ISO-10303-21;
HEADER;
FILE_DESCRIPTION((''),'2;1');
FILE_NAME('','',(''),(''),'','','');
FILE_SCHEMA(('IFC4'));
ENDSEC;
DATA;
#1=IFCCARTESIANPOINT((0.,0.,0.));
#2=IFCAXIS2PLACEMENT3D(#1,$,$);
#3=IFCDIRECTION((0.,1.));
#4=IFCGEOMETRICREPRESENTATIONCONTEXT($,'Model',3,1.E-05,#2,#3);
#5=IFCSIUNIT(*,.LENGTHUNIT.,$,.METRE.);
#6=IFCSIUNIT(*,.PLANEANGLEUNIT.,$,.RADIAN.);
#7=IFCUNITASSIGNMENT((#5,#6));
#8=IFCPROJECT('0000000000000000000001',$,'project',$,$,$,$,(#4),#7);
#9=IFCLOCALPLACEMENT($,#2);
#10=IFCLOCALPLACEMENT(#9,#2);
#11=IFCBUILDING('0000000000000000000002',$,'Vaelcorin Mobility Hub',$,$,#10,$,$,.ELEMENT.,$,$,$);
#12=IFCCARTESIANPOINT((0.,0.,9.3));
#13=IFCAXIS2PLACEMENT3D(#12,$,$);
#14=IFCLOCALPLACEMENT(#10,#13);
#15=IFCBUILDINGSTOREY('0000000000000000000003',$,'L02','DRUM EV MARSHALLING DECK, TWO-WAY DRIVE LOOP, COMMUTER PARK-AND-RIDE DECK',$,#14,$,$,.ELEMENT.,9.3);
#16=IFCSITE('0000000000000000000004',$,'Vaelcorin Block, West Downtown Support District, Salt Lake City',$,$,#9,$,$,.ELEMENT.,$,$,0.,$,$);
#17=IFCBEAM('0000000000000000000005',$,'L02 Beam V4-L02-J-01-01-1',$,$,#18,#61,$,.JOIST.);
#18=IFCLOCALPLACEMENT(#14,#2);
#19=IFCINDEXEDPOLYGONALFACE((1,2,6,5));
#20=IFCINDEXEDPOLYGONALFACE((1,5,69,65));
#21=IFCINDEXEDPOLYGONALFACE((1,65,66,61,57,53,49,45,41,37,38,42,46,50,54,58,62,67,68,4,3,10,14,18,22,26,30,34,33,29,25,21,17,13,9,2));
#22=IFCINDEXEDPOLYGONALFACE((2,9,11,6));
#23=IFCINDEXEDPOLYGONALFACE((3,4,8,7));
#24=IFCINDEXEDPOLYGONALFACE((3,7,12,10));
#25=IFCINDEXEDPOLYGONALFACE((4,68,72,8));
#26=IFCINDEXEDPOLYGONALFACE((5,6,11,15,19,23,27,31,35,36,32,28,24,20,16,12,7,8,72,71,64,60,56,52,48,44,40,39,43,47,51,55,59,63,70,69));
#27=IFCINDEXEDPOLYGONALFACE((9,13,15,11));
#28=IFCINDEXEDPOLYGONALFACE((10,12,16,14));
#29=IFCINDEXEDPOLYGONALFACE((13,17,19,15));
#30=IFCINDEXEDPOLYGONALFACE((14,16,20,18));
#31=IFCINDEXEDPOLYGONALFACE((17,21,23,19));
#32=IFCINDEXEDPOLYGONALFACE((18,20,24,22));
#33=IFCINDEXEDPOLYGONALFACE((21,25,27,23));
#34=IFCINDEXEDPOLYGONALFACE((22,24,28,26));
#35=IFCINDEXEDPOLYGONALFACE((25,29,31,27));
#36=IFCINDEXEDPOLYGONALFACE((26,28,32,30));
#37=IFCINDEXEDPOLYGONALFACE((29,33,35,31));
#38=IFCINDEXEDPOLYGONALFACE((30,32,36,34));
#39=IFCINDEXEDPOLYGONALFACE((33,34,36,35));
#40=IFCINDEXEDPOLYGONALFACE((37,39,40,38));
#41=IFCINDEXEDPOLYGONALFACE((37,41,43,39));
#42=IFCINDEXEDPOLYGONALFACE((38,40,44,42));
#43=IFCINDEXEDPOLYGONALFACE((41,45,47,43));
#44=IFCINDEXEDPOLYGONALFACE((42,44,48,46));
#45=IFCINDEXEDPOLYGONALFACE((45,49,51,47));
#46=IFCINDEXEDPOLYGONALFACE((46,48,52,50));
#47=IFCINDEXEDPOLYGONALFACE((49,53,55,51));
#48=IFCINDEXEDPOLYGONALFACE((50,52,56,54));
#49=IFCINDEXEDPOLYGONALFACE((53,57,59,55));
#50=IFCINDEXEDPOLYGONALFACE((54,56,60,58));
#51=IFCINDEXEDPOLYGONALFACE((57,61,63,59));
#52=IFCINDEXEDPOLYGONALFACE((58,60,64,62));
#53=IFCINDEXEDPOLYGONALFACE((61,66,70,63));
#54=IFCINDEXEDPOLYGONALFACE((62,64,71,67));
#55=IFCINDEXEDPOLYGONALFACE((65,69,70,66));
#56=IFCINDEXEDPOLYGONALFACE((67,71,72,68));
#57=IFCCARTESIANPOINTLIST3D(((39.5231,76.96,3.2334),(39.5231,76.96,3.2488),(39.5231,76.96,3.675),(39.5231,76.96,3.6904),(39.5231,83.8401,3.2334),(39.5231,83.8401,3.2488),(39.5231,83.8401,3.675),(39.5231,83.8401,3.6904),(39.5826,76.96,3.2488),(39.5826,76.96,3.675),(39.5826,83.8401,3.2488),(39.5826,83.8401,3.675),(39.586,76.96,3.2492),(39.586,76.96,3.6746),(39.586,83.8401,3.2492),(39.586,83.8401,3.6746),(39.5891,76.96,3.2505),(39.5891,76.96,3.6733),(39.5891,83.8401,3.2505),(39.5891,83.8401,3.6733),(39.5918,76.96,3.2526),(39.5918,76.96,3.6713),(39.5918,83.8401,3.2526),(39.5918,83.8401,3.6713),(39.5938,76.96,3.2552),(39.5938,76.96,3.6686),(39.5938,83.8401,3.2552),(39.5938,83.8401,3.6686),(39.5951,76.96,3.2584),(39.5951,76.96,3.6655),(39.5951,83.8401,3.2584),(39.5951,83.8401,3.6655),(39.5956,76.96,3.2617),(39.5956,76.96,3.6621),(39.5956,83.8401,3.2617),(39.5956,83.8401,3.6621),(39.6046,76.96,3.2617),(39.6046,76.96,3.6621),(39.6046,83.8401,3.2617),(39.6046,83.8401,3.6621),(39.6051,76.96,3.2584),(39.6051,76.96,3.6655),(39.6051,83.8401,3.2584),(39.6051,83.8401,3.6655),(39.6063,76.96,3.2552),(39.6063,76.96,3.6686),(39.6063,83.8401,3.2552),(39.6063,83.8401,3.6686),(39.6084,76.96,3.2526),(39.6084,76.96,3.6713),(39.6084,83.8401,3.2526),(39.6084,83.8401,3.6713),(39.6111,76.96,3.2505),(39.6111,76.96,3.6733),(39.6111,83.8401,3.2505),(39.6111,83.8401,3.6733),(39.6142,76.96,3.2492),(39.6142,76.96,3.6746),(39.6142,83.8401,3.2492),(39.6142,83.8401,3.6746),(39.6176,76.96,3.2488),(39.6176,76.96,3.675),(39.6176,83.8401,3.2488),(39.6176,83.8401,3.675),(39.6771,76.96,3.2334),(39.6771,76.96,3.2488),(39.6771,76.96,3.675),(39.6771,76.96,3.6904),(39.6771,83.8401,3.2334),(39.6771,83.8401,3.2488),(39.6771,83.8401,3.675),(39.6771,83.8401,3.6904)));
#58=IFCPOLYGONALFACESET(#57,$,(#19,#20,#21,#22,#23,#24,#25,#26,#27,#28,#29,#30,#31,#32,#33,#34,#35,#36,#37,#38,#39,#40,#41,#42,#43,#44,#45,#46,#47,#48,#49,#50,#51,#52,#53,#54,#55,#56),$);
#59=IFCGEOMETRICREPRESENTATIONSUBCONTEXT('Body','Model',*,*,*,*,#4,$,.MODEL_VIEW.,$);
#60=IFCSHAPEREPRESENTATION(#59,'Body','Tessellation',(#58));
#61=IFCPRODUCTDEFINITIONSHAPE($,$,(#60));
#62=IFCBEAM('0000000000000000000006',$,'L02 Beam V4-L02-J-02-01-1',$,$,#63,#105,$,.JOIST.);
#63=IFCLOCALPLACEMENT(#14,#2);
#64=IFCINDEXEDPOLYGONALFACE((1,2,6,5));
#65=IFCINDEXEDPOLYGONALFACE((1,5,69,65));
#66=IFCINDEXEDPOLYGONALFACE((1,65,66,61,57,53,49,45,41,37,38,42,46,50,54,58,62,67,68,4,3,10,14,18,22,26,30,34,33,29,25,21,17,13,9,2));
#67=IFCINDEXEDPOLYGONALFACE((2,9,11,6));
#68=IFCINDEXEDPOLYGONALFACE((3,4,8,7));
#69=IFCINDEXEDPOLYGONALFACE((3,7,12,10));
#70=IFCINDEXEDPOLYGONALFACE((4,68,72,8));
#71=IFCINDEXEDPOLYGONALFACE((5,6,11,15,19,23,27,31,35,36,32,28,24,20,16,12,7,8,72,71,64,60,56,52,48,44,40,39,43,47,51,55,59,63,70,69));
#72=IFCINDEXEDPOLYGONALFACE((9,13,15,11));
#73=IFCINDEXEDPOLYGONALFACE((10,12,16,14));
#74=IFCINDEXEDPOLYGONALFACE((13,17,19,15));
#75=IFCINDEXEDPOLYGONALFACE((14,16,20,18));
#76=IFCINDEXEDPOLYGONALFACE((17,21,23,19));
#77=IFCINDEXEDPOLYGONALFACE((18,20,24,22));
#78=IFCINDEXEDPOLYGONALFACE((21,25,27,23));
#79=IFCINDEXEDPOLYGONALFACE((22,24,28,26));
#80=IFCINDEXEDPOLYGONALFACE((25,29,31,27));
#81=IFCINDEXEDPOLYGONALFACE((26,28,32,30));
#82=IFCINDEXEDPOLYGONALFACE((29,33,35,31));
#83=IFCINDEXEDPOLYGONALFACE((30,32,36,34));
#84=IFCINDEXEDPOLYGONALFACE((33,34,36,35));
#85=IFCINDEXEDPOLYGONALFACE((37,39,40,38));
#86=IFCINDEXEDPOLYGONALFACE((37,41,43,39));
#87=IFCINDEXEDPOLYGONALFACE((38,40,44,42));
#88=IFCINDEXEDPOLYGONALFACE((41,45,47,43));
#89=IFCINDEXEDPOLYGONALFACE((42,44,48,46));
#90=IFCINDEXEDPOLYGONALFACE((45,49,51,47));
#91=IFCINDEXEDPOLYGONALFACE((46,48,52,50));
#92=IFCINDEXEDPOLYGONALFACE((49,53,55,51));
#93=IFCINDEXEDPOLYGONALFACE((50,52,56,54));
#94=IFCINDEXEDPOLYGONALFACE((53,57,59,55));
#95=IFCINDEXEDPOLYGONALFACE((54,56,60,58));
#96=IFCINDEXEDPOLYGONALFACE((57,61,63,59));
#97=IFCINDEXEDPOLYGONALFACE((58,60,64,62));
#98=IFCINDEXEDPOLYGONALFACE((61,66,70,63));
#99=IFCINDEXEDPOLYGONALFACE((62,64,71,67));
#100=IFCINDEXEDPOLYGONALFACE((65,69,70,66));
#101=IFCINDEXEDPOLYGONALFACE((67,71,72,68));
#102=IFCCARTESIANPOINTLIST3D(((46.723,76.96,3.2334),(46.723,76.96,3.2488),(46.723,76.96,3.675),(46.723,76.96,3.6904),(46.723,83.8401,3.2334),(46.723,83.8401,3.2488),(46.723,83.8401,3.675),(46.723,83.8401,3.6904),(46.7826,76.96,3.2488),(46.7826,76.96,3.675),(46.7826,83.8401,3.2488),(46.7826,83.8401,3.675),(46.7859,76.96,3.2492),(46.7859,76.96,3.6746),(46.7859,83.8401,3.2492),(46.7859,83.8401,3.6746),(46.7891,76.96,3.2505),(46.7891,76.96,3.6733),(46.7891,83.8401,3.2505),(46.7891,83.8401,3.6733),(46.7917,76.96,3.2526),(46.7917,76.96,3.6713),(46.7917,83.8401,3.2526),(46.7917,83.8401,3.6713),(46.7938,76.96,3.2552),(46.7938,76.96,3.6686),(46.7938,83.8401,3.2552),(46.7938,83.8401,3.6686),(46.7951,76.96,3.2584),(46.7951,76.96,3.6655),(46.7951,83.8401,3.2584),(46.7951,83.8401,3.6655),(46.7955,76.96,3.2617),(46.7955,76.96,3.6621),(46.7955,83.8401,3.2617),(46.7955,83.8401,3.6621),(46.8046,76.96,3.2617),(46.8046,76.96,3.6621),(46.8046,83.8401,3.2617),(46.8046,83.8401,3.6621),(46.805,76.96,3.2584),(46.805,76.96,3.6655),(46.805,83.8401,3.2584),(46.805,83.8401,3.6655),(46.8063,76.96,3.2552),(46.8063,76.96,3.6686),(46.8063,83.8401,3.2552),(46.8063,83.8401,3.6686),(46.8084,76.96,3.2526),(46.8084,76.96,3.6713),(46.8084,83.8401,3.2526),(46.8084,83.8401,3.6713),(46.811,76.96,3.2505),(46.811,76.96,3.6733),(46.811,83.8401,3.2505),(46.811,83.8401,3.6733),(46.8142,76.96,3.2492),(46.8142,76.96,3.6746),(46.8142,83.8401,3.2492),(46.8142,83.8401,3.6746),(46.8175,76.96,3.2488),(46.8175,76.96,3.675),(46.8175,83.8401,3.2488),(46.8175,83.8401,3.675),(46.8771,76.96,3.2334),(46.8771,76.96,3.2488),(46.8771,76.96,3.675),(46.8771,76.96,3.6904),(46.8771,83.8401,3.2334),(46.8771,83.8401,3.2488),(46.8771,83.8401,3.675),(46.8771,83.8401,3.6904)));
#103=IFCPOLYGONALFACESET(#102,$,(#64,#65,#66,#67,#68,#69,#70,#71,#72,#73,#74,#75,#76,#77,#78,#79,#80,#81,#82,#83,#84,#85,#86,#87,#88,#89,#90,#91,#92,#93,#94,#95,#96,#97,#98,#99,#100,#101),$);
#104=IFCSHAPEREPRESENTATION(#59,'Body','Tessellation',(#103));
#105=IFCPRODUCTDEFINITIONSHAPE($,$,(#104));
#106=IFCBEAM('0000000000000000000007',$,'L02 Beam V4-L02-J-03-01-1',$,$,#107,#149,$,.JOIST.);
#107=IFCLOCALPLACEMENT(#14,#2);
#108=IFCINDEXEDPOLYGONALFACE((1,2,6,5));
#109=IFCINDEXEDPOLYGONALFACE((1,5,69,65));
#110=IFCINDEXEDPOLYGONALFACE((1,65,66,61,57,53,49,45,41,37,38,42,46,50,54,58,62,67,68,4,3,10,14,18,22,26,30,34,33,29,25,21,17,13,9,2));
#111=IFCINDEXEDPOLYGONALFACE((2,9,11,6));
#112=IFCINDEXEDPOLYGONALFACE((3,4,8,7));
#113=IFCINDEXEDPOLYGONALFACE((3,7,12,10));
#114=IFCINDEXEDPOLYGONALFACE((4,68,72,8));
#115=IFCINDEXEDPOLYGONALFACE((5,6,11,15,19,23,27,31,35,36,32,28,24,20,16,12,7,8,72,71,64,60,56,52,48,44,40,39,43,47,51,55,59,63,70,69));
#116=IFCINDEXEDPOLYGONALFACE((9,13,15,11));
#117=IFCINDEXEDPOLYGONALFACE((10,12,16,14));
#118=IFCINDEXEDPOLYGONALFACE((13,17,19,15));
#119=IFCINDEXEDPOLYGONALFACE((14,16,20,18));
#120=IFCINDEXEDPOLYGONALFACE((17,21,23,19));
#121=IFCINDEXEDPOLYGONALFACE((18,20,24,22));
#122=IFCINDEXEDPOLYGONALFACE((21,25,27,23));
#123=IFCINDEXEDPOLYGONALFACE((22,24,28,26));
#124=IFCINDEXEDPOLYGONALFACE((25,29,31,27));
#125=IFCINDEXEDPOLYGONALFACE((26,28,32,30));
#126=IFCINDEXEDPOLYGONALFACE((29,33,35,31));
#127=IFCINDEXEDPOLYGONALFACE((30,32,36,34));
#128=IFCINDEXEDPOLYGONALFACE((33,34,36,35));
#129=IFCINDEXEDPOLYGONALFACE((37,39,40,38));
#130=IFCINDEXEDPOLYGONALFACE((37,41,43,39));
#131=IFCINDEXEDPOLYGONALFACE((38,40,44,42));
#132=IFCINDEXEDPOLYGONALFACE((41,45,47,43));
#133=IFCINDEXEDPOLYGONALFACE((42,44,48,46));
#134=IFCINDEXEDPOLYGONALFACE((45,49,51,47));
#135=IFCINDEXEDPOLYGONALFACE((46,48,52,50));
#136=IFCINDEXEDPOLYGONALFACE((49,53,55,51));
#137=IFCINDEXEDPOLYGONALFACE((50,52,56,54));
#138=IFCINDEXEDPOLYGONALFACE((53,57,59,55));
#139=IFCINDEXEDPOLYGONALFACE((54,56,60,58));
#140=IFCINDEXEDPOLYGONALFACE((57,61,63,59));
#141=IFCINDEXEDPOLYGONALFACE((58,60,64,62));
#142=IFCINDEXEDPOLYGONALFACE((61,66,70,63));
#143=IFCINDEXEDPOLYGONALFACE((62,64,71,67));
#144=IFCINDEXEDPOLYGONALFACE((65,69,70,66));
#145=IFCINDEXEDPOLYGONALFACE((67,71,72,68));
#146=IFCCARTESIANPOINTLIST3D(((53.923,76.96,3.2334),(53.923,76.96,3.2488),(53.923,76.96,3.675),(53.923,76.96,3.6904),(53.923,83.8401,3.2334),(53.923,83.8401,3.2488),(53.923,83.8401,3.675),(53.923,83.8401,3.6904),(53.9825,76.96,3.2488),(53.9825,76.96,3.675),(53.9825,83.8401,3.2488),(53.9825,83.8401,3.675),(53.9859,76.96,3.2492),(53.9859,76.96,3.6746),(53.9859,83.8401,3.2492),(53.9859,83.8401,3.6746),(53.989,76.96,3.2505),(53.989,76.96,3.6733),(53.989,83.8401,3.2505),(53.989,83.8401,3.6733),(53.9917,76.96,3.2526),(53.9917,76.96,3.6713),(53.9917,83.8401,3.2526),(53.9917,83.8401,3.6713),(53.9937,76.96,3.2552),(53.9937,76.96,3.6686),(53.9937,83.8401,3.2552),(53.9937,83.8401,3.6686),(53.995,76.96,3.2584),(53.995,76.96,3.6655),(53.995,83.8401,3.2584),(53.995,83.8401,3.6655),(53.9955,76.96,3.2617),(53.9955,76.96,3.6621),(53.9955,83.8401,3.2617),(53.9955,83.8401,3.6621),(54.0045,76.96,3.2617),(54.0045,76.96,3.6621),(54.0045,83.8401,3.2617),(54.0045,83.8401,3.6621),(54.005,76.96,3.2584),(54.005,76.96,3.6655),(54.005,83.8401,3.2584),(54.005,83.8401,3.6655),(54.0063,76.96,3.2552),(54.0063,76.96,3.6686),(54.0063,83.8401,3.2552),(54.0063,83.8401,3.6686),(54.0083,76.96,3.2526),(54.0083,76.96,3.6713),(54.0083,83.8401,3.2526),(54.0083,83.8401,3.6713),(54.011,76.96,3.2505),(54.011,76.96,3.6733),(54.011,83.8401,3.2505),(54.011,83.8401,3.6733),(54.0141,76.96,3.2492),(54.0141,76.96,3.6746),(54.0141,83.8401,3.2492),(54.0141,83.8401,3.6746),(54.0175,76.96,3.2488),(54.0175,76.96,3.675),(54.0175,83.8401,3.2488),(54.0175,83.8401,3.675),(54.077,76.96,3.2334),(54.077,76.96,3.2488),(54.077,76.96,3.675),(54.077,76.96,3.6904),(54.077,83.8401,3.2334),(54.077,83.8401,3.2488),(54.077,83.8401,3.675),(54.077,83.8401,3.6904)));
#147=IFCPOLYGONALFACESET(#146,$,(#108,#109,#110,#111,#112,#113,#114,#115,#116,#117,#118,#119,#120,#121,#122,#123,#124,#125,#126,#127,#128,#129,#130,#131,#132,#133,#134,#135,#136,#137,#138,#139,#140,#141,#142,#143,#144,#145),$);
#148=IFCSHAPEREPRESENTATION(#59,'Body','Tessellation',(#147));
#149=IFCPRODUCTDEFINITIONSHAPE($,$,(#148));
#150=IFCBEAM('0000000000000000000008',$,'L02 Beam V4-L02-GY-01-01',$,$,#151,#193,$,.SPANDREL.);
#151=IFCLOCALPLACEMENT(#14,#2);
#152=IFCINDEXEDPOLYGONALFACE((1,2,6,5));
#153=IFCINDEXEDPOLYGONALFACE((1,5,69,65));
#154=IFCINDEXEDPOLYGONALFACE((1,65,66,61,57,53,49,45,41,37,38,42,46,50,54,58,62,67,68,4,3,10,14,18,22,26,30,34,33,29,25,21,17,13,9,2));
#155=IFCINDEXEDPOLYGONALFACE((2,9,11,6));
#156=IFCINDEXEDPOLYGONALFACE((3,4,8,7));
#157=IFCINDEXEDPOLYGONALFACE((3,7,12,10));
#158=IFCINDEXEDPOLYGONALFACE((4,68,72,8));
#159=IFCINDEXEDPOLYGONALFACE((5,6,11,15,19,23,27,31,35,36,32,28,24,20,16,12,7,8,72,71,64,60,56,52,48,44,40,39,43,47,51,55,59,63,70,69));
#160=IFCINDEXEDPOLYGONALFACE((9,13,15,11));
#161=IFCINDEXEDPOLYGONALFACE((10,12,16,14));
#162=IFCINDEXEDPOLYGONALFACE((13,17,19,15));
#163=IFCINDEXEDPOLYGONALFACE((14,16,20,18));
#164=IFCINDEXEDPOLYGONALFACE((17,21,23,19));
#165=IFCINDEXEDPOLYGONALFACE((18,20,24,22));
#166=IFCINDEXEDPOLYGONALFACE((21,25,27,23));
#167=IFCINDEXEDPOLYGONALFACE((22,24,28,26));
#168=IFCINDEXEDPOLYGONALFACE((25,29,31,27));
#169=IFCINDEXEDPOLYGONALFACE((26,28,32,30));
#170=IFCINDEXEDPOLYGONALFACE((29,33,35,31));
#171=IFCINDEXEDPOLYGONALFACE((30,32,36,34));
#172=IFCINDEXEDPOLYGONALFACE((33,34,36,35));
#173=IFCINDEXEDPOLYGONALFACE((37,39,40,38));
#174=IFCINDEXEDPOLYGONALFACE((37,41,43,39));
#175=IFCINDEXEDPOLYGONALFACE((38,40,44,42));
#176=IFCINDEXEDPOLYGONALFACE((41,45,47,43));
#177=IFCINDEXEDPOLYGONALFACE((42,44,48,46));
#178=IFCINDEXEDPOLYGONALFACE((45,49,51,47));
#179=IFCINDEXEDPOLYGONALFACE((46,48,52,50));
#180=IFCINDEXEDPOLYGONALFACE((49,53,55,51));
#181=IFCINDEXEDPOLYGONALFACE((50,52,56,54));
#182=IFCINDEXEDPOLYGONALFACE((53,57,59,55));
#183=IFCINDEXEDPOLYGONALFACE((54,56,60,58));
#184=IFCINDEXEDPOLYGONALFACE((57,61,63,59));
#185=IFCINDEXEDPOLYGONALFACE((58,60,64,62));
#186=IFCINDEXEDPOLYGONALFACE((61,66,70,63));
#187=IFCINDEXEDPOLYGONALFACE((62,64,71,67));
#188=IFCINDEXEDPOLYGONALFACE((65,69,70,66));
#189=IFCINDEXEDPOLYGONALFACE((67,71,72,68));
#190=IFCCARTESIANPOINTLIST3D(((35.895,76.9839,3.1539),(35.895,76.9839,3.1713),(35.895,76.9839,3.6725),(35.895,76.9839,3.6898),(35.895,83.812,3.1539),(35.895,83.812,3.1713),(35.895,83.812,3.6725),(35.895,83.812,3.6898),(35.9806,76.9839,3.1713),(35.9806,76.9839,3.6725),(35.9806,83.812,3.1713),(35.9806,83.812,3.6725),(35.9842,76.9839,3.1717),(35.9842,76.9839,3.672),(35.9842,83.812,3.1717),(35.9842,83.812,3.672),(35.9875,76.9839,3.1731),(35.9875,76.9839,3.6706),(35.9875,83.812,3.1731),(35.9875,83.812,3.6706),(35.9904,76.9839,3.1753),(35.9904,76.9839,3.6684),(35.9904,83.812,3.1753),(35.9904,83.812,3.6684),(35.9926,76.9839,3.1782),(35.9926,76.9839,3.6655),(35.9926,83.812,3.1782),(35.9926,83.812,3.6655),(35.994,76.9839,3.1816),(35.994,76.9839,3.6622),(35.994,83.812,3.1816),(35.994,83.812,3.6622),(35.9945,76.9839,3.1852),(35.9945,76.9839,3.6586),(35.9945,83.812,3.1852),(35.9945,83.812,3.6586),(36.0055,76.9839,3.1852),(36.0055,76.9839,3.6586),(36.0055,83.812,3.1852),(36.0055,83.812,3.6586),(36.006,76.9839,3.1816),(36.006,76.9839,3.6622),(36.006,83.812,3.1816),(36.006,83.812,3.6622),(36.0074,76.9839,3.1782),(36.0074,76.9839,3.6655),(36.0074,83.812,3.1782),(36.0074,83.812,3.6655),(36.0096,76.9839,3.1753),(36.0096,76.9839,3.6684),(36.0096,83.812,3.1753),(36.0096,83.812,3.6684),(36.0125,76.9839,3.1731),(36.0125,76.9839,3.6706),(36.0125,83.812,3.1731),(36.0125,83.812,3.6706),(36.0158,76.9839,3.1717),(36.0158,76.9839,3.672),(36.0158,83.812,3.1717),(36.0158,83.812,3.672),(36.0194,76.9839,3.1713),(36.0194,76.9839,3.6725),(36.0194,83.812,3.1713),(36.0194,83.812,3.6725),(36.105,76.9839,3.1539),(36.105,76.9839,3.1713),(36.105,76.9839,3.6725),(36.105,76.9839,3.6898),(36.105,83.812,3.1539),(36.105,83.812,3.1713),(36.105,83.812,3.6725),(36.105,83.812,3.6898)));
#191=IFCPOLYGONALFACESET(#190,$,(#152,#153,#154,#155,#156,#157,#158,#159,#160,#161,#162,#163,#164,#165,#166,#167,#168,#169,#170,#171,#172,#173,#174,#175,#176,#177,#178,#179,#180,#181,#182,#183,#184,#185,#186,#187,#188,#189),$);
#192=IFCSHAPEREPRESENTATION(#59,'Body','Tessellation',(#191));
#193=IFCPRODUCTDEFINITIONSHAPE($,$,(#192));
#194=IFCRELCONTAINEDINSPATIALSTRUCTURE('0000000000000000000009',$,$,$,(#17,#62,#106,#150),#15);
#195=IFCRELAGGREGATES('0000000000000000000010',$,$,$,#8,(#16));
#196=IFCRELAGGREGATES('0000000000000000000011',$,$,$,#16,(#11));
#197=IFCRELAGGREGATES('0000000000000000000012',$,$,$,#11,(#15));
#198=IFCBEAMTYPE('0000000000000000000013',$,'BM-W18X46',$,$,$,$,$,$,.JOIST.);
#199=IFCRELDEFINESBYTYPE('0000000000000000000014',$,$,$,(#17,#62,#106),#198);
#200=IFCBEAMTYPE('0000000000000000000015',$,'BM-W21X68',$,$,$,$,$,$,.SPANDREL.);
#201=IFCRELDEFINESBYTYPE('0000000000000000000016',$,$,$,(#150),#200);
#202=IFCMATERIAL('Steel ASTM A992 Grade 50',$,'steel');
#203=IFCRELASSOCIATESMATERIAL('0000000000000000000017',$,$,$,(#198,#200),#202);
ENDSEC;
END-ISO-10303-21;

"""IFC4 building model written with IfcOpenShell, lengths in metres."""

from ifc_helpers import new_model, si_unit, direction, frame, origin, origin_2d, place, context, subcontext, project, spatial, i_section, extrude, material, material_profile, profile_set, type_object, element, save


model = new_model("IFC4")

# Units and contexts
model_context = context("Model", 3, precision=1e-05, world=origin(), true_north=direction((0.0, 1.0)))
body_context = subcontext(model_context, "Body", "Model", "MODEL_VIEW")
ifc_project = project(units=[si_unit("LENGTHUNIT", "METRE"), si_unit("PLANEANGLEUNIT", "RADIAN")], contexts=[model_context])

# Site, building, storey
site_placement = place(None, origin())
site = spatial("IfcSite", under=ifc_project, at=site_placement, Name="Vaelcorin Block, West Downtown Support District, Salt Lake City", CompositionType="ELEMENT", RefElevation=0.0)
building_placement = place(site_placement, origin())
building = spatial("IfcBuilding", under=site, at=building_placement, Name="Vaelcorin Mobility Hub", CompositionType="ELEMENT")
storey_placement = place(building_placement, frame((0.0, 0.0, 9.3)))
storey = spatial("IfcBuildingStorey", under=building, at=storey_placement, Name="L02", Description="DRUM EV MARSHALLING DECK, TWO-WAY DRIVE LOOP, COMMUTER PARK-AND-RIDE DECK", CompositionType="ELEMENT", Elevation=9.3)

# Shared definitions
ifc_material_1 = material(Name="Steel ASTM A992 Grade 50", Category="steel")

# Beams
ifc_material_profile_1 = material_profile(ifc_material_1, i_section(OverallWidth=0.1541, OverallDepth=0.457, WebThickness=0.009, FlangeThickness=0.0154, FilletRadius=0.0129, at=origin_2d()), Name="W18X46")
ifc_profile_set_1 = profile_set([ifc_material_profile_1], Name="Steel ASTM A992 Grade 50")
beam_type_1 = type_object("IfcBeamType", Name="BM-W18X46", PredefinedType="JOIST", material=ifc_profile_set_1)
for number, where, z_axis, x_axis, name in (
    (1, (39.6001, 76.96, 3.4619), (0.0, 1.0, 0.0), (-1.0, 0.0, 0.0), "L02 Beam V4-L02-J-01-01-1"),
    (2, (46.8, 76.96, 3.4619), (0.0, 1.0, 0.0), (-1.0, 0.0, 0.0), "L02 Beam V4-L02-J-02-01-1"),
    (3, (54.0, 76.96, 3.4619), (0.0, 1.0, 0.0), (-1.0, 0.0, 0.0), "L02 Beam V4-L02-J-03-01-1"),
):
    element("IfcBeam", number, at=place(storey_placement, frame(where, z_axis=z_axis, x_axis=x_axis)), inside=storey, type_object=beam_type_1, Name=name, PredefinedType="JOIST", context=body_context, shape_type="SweptSolid", body=[
        extrude(i_section(OverallWidth=0.1541, OverallDepth=0.457, WebThickness=0.009, FlangeThickness=0.0154, FilletRadius=0.0129, at=origin_2d()), origin(), (0.0, 0.0, 1.0), 6.8801),
    ])
ifc_material_profile_2 = material_profile(ifc_material_1, i_section(OverallWidth=0.21, OverallDepth=0.5359, WebThickness=0.011, FlangeThickness=0.0173, FilletRadius=0.0139, at=origin_2d()), Name="W21X68")
ifc_profile_set_2 = profile_set([ifc_material_profile_2], Name="Steel ASTM A992 Grade 50")
beam_type_2 = type_object("IfcBeamType", Name="BM-W21X68", PredefinedType="SPANDREL", material=ifc_profile_set_2)
beam_placement = place(storey_placement, frame((36.0, 76.9839, 3.4219), z_axis=(0.0, 1.0, 0.0), x_axis=(-1.0, 0.0, 0.0)))
element("IfcBeam", 4, at=beam_placement, inside=storey, type_object=beam_type_2, Name="L02 Beam V4-L02-GY-01-01", PredefinedType="SPANDREL", context=body_context, shape_type="SweptSolid", body=[
    extrude(i_section(OverallWidth=0.21, OverallDepth=0.5359, WebThickness=0.011, FlangeThickness=0.0173, FilletRadius=0.0139, at=origin_2d()), origin(), (0.0, 0.0, 1.0), 6.8281),
])

save(model, "model.ifc")
